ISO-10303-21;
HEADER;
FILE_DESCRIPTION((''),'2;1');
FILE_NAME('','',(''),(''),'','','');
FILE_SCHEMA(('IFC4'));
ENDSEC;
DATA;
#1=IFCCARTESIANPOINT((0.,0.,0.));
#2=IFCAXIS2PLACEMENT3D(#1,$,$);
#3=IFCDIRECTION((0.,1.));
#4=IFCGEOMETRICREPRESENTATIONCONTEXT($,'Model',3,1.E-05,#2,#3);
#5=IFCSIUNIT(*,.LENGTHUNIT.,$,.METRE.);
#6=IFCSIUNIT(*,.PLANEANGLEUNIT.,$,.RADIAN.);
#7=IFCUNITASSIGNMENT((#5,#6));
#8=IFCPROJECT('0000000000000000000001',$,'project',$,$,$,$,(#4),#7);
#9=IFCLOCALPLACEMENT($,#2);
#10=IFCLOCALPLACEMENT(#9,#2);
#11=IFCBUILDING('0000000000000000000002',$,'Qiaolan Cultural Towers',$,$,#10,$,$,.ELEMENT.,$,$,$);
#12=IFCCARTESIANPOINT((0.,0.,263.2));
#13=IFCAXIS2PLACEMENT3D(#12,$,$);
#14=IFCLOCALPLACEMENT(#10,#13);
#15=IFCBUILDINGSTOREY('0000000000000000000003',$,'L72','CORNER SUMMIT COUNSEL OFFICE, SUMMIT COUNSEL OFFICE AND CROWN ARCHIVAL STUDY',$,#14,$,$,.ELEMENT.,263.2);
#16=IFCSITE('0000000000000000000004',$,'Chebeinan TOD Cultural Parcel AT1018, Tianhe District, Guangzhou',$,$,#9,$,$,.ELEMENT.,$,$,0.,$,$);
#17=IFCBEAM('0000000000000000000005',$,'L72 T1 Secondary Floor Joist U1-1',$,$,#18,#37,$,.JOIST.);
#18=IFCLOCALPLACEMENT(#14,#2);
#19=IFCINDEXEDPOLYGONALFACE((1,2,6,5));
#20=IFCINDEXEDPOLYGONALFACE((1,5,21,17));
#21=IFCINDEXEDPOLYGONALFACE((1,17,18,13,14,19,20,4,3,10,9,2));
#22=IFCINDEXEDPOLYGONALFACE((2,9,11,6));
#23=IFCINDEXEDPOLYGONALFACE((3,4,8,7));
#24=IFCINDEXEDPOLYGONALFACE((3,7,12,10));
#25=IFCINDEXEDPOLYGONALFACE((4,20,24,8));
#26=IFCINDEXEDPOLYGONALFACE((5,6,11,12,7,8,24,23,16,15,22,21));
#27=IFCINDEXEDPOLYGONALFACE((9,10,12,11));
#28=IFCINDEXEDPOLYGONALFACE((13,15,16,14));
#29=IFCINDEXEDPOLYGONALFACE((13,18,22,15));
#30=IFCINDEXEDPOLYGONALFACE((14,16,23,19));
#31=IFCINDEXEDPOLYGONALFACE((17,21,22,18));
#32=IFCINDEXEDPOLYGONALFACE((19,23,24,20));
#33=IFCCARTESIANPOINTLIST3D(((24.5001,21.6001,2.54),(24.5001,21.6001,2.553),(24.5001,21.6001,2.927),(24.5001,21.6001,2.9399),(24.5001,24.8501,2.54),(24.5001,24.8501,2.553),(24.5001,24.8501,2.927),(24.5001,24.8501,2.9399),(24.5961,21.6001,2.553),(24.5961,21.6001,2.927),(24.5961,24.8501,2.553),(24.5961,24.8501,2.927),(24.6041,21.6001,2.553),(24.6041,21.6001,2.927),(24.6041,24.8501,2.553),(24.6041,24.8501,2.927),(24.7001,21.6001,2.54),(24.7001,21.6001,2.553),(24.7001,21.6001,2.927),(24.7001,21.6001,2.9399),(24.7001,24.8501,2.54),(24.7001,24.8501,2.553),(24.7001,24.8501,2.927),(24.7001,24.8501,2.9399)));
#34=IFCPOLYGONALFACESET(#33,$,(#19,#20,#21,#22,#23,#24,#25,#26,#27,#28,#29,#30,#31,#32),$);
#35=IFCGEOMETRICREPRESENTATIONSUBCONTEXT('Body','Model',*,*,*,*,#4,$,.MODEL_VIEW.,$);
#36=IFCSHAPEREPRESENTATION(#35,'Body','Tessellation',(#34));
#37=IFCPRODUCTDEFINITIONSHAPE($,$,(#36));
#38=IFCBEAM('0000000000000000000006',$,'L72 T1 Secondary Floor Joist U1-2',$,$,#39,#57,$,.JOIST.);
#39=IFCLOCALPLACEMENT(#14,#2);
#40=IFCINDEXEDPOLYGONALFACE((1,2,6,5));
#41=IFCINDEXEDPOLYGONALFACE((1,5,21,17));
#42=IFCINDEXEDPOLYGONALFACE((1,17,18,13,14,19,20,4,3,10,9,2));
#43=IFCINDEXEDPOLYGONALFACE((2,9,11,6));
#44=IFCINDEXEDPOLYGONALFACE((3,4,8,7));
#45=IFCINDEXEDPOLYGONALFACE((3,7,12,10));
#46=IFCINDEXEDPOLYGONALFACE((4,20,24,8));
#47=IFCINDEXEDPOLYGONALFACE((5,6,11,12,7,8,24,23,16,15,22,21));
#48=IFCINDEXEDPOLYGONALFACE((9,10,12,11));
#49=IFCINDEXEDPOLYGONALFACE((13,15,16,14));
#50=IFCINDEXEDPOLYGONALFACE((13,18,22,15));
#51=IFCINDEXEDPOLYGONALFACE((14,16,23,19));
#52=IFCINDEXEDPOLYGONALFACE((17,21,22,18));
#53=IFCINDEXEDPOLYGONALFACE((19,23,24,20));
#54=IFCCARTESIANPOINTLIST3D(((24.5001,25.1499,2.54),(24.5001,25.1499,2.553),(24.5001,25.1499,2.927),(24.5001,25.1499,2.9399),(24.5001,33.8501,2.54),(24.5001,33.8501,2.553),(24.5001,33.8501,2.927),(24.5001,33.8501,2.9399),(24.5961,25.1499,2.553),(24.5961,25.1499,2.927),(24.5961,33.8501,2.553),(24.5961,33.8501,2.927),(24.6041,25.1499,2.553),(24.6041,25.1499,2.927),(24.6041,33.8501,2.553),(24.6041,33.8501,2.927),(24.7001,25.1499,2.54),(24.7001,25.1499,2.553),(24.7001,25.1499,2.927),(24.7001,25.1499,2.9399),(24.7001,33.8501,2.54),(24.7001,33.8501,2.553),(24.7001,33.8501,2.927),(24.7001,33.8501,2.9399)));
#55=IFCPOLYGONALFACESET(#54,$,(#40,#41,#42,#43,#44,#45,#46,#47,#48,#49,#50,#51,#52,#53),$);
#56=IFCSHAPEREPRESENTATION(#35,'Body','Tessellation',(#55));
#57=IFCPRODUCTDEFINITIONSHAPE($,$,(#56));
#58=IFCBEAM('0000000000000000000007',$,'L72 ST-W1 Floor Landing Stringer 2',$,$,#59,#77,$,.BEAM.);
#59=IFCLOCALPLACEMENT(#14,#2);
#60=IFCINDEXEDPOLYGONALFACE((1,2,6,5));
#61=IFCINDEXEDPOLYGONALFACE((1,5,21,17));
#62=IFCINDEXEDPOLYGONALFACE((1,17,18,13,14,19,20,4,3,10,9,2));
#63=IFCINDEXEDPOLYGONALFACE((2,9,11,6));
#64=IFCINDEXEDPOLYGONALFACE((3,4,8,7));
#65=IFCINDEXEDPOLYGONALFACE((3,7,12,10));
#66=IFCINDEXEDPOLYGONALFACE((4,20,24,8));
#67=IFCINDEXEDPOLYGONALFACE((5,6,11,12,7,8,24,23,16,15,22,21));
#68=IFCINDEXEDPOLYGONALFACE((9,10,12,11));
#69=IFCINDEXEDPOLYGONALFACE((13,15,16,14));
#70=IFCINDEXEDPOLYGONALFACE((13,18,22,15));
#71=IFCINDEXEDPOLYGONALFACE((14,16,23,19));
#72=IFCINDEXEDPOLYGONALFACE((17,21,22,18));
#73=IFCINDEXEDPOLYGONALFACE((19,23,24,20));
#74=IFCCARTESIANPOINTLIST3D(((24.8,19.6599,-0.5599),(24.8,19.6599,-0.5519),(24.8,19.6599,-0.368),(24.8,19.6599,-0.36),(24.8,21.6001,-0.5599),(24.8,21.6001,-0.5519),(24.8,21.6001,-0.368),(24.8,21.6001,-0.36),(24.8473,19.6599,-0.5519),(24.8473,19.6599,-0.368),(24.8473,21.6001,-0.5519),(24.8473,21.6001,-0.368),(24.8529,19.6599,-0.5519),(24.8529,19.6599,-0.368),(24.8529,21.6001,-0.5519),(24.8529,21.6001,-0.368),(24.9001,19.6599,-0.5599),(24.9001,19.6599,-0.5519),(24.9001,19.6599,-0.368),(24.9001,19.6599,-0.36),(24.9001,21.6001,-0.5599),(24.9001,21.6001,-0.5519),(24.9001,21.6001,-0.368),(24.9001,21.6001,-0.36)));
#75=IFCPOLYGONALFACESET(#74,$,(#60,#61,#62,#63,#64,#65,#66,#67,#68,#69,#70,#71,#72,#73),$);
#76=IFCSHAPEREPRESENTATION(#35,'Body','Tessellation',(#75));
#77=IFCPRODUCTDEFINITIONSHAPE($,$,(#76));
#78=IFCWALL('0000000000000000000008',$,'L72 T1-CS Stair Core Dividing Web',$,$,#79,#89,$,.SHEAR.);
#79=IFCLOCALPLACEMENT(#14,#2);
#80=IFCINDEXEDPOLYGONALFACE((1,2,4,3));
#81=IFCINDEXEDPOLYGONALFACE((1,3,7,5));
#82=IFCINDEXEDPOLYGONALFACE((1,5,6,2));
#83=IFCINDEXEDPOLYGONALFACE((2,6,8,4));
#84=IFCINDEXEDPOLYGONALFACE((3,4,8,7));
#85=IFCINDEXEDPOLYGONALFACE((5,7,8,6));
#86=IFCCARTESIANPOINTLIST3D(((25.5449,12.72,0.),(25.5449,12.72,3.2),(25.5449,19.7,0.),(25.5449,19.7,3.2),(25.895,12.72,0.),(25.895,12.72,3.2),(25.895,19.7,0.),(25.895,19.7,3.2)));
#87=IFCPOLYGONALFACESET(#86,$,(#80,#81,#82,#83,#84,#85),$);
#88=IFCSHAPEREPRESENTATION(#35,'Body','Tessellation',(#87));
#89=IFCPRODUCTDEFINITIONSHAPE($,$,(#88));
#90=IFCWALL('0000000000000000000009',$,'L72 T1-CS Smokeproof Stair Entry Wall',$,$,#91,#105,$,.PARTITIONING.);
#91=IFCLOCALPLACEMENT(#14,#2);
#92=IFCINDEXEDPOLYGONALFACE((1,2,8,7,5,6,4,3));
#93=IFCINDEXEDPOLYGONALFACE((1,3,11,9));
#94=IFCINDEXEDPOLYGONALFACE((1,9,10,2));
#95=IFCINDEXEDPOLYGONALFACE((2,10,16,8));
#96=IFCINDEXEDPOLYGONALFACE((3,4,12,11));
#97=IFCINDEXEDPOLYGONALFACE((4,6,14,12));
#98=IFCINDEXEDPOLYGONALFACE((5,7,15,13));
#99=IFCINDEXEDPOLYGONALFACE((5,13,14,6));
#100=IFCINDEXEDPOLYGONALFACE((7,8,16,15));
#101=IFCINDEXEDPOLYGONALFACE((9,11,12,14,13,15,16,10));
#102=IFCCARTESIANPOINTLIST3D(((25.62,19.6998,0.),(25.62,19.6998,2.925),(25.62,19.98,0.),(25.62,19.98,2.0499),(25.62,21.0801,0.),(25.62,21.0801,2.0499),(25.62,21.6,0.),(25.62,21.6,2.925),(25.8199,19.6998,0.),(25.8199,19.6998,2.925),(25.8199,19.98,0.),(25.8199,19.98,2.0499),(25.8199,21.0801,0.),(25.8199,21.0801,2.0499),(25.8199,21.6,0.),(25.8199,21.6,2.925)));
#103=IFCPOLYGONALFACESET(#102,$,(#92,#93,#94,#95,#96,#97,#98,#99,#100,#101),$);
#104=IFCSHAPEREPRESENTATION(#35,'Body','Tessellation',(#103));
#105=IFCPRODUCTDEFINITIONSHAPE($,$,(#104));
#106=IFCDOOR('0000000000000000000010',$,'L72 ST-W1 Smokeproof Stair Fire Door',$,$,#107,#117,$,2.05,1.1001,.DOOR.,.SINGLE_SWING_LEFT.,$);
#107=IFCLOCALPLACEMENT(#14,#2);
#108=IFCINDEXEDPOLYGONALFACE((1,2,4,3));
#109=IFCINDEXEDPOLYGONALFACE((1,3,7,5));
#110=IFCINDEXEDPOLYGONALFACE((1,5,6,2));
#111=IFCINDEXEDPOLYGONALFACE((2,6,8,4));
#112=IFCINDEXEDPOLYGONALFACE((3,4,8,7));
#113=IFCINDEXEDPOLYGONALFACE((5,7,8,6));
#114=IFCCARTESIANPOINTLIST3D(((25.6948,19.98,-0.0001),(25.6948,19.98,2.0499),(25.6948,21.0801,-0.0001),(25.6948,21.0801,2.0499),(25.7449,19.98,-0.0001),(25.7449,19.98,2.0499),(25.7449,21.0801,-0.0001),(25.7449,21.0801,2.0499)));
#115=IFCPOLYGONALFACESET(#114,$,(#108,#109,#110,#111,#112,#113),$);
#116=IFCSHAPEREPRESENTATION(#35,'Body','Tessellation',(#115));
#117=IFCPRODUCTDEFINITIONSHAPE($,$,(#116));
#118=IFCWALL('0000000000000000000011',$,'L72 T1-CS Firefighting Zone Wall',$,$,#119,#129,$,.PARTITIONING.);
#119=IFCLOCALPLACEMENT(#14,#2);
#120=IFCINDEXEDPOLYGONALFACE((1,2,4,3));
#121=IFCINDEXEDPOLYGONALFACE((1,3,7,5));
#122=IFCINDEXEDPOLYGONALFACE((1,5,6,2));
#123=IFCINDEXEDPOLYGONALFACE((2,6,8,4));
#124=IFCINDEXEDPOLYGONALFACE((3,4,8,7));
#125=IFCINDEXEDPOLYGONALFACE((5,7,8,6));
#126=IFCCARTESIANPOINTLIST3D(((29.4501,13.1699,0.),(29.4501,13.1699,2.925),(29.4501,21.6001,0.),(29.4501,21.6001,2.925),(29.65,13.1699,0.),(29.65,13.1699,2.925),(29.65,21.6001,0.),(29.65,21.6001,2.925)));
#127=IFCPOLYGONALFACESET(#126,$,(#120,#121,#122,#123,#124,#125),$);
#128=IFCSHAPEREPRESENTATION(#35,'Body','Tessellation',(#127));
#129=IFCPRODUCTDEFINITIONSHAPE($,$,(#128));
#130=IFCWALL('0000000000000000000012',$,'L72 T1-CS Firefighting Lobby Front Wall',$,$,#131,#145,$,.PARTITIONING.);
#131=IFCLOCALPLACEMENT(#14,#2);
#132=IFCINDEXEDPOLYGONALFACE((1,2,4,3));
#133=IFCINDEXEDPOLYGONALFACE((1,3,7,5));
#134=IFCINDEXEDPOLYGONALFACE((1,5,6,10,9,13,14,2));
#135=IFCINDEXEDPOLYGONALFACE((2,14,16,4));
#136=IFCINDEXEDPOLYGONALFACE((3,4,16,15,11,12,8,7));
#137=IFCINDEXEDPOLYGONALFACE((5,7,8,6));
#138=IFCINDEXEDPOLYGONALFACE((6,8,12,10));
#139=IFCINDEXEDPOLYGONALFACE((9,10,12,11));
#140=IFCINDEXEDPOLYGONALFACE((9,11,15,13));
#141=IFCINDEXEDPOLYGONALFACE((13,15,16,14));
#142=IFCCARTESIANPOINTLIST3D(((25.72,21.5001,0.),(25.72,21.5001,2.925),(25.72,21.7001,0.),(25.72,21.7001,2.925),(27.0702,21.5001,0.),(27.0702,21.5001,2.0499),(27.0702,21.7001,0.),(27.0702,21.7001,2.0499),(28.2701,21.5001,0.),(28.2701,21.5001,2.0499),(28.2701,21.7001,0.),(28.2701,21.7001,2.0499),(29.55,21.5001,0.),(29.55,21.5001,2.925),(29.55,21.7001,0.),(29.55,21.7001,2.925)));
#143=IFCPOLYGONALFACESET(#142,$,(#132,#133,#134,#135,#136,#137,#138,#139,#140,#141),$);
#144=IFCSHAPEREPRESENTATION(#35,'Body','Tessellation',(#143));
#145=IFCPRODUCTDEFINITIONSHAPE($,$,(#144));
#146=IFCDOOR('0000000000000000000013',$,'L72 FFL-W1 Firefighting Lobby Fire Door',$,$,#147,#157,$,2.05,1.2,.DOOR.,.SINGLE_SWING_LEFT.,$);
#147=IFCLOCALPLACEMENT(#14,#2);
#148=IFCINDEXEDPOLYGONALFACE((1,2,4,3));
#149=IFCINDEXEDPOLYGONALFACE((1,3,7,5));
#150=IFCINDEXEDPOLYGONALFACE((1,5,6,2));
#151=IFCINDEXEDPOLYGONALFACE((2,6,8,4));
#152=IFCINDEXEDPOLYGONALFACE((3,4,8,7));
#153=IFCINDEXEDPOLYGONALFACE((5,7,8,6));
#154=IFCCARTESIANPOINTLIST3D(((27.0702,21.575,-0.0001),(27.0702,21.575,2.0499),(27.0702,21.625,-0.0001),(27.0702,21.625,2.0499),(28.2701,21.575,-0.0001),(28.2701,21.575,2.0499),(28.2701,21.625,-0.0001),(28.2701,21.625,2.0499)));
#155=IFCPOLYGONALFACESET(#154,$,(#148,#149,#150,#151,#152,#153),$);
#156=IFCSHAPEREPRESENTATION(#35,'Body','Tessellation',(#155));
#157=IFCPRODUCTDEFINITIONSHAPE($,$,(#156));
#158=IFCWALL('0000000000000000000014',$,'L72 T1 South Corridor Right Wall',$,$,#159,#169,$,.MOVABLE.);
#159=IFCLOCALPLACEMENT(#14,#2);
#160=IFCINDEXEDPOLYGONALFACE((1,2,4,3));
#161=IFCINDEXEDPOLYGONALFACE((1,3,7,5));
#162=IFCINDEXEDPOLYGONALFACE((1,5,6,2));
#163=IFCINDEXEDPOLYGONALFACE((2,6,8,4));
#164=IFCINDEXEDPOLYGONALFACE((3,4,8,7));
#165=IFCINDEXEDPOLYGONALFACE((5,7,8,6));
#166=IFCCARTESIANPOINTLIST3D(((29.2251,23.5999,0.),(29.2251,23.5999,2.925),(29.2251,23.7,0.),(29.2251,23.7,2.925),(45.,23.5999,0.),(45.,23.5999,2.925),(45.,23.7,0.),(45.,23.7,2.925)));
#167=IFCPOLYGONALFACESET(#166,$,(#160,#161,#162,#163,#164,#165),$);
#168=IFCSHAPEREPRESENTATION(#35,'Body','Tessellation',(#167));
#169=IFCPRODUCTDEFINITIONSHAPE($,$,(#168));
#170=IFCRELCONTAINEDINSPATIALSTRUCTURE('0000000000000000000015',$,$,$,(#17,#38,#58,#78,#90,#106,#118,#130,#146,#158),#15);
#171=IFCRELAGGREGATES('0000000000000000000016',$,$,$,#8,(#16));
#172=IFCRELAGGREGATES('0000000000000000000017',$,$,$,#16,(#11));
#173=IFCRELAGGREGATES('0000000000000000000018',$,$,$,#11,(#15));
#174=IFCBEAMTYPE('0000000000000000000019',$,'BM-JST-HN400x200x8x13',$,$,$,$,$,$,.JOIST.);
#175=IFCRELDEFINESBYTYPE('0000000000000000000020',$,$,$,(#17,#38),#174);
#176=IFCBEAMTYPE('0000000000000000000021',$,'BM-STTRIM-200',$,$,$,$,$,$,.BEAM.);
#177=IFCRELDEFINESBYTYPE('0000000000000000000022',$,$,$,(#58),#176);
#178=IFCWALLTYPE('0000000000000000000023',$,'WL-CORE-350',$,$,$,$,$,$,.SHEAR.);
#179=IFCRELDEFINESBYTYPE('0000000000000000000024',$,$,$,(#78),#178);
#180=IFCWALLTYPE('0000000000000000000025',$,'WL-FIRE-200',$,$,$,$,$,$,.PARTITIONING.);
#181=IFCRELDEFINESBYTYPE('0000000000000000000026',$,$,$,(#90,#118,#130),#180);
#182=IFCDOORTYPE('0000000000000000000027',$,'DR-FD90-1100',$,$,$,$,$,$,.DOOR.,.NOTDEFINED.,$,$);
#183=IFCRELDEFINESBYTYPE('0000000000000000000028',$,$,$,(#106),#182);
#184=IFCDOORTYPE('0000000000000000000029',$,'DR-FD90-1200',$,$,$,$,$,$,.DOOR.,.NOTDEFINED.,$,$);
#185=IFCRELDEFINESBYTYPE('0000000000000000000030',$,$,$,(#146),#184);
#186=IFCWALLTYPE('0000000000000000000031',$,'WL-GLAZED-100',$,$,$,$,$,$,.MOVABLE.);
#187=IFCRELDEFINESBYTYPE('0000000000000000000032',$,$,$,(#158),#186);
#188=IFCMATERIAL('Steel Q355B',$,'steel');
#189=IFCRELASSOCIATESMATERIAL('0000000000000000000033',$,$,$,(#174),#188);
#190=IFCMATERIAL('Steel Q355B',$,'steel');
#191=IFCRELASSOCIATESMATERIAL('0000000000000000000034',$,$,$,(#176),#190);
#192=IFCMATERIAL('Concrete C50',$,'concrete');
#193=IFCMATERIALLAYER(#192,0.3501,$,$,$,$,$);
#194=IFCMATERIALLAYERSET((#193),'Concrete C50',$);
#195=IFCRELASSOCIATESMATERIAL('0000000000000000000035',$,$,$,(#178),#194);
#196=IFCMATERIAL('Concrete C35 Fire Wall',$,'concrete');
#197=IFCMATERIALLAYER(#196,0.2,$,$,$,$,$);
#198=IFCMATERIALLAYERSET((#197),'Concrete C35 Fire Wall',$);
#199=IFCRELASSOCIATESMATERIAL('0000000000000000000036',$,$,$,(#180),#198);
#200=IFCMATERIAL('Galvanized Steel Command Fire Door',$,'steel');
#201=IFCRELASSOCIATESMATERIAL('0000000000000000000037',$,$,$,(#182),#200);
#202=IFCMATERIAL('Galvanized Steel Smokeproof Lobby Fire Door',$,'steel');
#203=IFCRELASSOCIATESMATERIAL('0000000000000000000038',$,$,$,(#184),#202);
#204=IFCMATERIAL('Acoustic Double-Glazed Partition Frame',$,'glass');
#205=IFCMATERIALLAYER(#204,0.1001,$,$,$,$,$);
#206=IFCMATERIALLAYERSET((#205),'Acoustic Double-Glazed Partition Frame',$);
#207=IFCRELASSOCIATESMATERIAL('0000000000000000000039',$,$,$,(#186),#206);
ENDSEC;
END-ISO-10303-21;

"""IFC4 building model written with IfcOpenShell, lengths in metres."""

from ifc_helpers import new_model, si_unit, direction, frame, frame_2d, origin, origin_2d, place, context, subcontext, project, spatial, rectangle, i_section, extrude, material, layer, layer_set, material_profile, profile_set, type_object, element, fill, save


model = new_model("IFC4")

# Units and contexts
model_context = context("Model", 3, precision=1e-05, world=origin(), true_north=direction((0.0, 1.0)))
body_context = subcontext(model_context, "Body", "Model", "MODEL_VIEW")
ifc_project = project(units=[si_unit("LENGTHUNIT", "METRE"), si_unit("PLANEANGLEUNIT", "RADIAN")], contexts=[model_context])

# Site, building, storey
site_placement = place(None, origin())
site = spatial("IfcSite", under=ifc_project, at=site_placement, Name="Chebeinan TOD Cultural Parcel AT1018, Tianhe District, Guangzhou", CompositionType="ELEMENT", RefElevation=0.0)
building_placement = place(site_placement, origin())
building = spatial("IfcBuilding", under=site, at=building_placement, Name="Qiaolan Cultural Towers", CompositionType="ELEMENT")
storey_placement = place(building_placement, frame((0.0, 0.0, 263.2)))
storey = spatial("IfcBuildingStorey", under=building, at=storey_placement, Name="L72", Description="CORNER SUMMIT COUNSEL OFFICE, SUMMIT COUNSEL OFFICE AND CROWN ARCHIVAL STUDY", CompositionType="ELEMENT", Elevation=263.2)

# Beams
ifc_material_1 = material(Name="Steel Q355B", Category="steel")
ifc_material_profile_1 = material_profile(ifc_material_1, i_section(OverallWidth=0.2, OverallDepth=0.3999, WebThickness=0.0081, FlangeThickness=0.0129, at=origin_2d()), Name="HN400x200x8x13")
ifc_profile_set_1 = profile_set([ifc_material_profile_1], Name="Steel Q355B")
beam_type_1 = type_object("IfcBeamType", Name="BM-JST-HN400x200x8x13", PredefinedType="JOIST", material=ifc_profile_set_1)
beam_1_placement = place(storey_placement, frame((24.6001, 21.6001, 2.74), z_axis=(0.0, 1.0, 0.0), x_axis=(-1.0, 0.0, 0.0)))
element("IfcBeam", 1, at=beam_1_placement, inside=storey, type_object=beam_type_1, Name="L72 T1 Secondary Floor Joist U1-1", PredefinedType="JOIST", context=body_context, shape_type="SweptSolid", body=[
    extrude(i_section(OverallWidth=0.2, OverallDepth=0.3999, WebThickness=0.0081, FlangeThickness=0.0129, at=origin_2d()), origin(), (0.0, 0.0, 1.0), 3.25),
])
beam_2_placement = place(storey_placement, frame((24.6001, 25.1499, 2.74), z_axis=(0.0, 1.0, 0.0), x_axis=(-1.0, 0.0, 0.0)))
element("IfcBeam", 2, at=beam_2_placement, inside=storey, type_object=beam_type_1, Name="L72 T1 Secondary Floor Joist U1-2", PredefinedType="JOIST", context=body_context, shape_type="SweptSolid", body=[
    extrude(i_section(OverallWidth=0.2, OverallDepth=0.3999, WebThickness=0.0081, FlangeThickness=0.0129, at=origin_2d()), origin(), (0.0, 0.0, 1.0), 8.7002),
])
ifc_material_2 = material(Name="Steel Q355B", Category="steel")
ifc_material_profile_2 = material_profile(ifc_material_2, i_section(OverallWidth=0.1001, OverallDepth=0.2, WebThickness=0.0056, FlangeThickness=0.0081, at=origin_2d()), Name="HN200x100x5.5x8")
ifc_profile_set_2 = profile_set([ifc_material_profile_2], Name="Steel Q355B")
beam_type_2 = type_object("IfcBeamType", Name="BM-STTRIM-200", PredefinedType="BEAM", material=ifc_profile_set_2)
beam_3_placement = place(storey_placement, frame((24.8501, 21.6001, -0.46), z_axis=(0.0, -1.0, 0.0), x_axis=(1.0, 0.0, 0.0)))
element("IfcBeam", 3, at=beam_3_placement, inside=storey, type_object=beam_type_2, Name="L72 ST-W1 Floor Landing Stringer 2", PredefinedType="BEAM", context=body_context, shape_type="SweptSolid", body=[
    extrude(i_section(OverallWidth=0.1001, OverallDepth=0.2, WebThickness=0.0056, FlangeThickness=0.0081, at=origin_2d()), origin(), (0.0, 0.0, 1.0), 1.9402),
])

# Wall
ifc_material_3 = material(Name="Concrete C50", Category="concrete")
ifc_layer_1 = layer(ifc_material_3, 0.3501)
ifc_layer_set_1 = layer_set([ifc_layer_1], Name="Concrete C50")
wall_type_1 = type_object("IfcWallType", Name="WL-CORE-350", PredefinedType="SHEAR", material=ifc_layer_set_1)
wall_1_placement = place(storey_placement, frame((25.72, 19.7, 0.0), z_axis=(0.0, 0.0, 1.0), x_axis=(0.0, -1.0, 0.0)))
element("IfcWall", 4, at=wall_1_placement, inside=storey, type_object=wall_type_1, Name="L72 T1-CS Stair Core Dividing Web", PredefinedType="SHEAR", context=body_context, shape_type="SweptSolid", body=[
    extrude(rectangle(XDim=6.98, YDim=0.3501, at=frame_2d((3.49, 0.0))), origin(), (0.0, 0.0, 1.0), 3.2),
])

# Wall, opening, door
ifc_material_4 = material(Name="Concrete C35 Fire Wall", Category="concrete")
ifc_layer_2 = layer(ifc_material_4, 0.2)
ifc_layer_set_2 = layer_set([ifc_layer_2], Name="Concrete C35 Fire Wall")
wall_type_2 = type_object("IfcWallType", Name="WL-FIRE-200", PredefinedType="PARTITIONING", material=ifc_layer_set_2)
wall_2_placement = place(storey_placement, frame((25.72, 21.6001, 0.0), z_axis=(0.0, 0.0, 1.0), x_axis=(0.0, -1.0, 0.0)))
wall_2 = element("IfcWall", 5, at=wall_2_placement, inside=storey, type_object=wall_type_2, Name="L72 T1-CS Smokeproof Stair Entry Wall", PredefinedType="PARTITIONING", context=body_context, shape_type="SweptSolid", body=[
    extrude(rectangle(XDim=1.9001, YDim=0.2, at=frame_2d((0.9502, 0.0))), origin(), (0.0, 0.0, 1.0), 2.925),
])
opening_1_placement = place(wall_2_placement, frame((0.52, 0.0, 0.0)))
opening_1 = element("IfcOpeningElement", 6, at=opening_1_placement, cuts=wall_2, PredefinedType="OPENING", context=body_context, shape_type="SweptSolid", body=[
    extrude(rectangle(XDim=1.1001, YDim=2.05, at=frame_2d((0.55, 1.0249))), frame((0.0, 0.1099, 0.0), z_axis=(0.0, -1.0, 0.0), x_axis=(1.0, 0.0, 0.0)), (0.0, 0.0, 1.0), 0.22),
])
ifc_material_5 = material(Name="Galvanized Steel Command Fire Door", Category="steel")
door_type_1 = type_object("IfcDoorType", Name="DR-FD90-1100", OperationType="NOTDEFINED", PredefinedType="DOOR", material=ifc_material_5)
door_1_placement = place(opening_1_placement, origin())
door_1 = element("IfcDoor", 7, at=door_1_placement, inside=storey, type_object=door_type_1, Name="L72 ST-W1 Smokeproof Stair Fire Door", OperationType="SINGLE_SWING_LEFT", OverallHeight=2.05, OverallWidth=1.1001, PredefinedType="DOOR", context=body_context, shape_type="SweptSolid", body=[
    extrude(rectangle(XDim=1.1001, YDim=2.05, at=frame_2d((0.55, 1.0249))), frame((0.0, 0.0249, 0.0), z_axis=(0.0, -1.0, 0.0), x_axis=(1.0, 0.0, 0.0)), (0.0, 0.0, 1.0), 0.05),
])
fill(opening_1, door_1)

# Wall
wall_3_placement = place(storey_placement, frame((29.55, 21.6001, 0.0), z_axis=(0.0, 0.0, 1.0), x_axis=(0.0, -1.0, 0.0)))
element("IfcWall", 8, at=wall_3_placement, inside=storey, type_object=wall_type_2, Name="L72 T1-CS Firefighting Zone Wall", PredefinedType="PARTITIONING", context=body_context, shape_type="SweptSolid", body=[
    extrude(rectangle(XDim=8.4302, YDim=0.2, at=frame_2d((4.2151, 0.0))), origin(), (0.0, 0.0, 1.0), 2.925),
])

# Wall, opening, door
wall_4_placement = place(storey_placement, frame((25.72, 21.6001, 0.0), z_axis=(0.0, 0.0, 1.0), x_axis=(1.0, 0.0, 0.0)))
wall_4 = element("IfcWall", 9, at=wall_4_placement, inside=storey, type_object=wall_type_2, Name="L72 T1-CS Firefighting Lobby Front Wall", PredefinedType="PARTITIONING", context=body_context, shape_type="SweptSolid", body=[
    extrude(rectangle(XDim=3.8301, YDim=0.2, at=frame_2d((1.915, 0.0))), origin(), (0.0, 0.0, 1.0), 2.925),
])
opening_2_placement = place(wall_4_placement, frame((1.3501, 0.0, 0.0)))
opening_2 = element("IfcOpeningElement", 10, at=opening_2_placement, cuts=wall_4, PredefinedType="OPENING", context=body_context, shape_type="SweptSolid", body=[
    extrude(rectangle(XDim=1.2, YDim=2.05, at=frame_2d((0.6001, 1.0249))), frame((0.0, 0.1099, 0.0), z_axis=(0.0, -1.0, 0.0), x_axis=(1.0, 0.0, 0.0)), (0.0, 0.0, 1.0), 0.22),
])
ifc_material_6 = material(Name="Galvanized Steel Smokeproof Lobby Fire Door", Category="steel")
door_type_2 = type_object("IfcDoorType", Name="DR-FD90-1200", OperationType="NOTDEFINED", PredefinedType="DOOR", material=ifc_material_6)
door_2_placement = place(opening_2_placement, origin())
door_2 = element("IfcDoor", 11, at=door_2_placement, inside=storey, type_object=door_type_2, Name="L72 FFL-W1 Firefighting Lobby Fire Door", OperationType="SINGLE_SWING_LEFT", OverallHeight=2.05, OverallWidth=1.2, PredefinedType="DOOR", context=body_context, shape_type="SweptSolid", body=[
    extrude(rectangle(XDim=1.2, YDim=2.05, at=frame_2d((0.6001, 1.0249))), frame((0.0, 0.0249, 0.0), z_axis=(0.0, -1.0, 0.0), x_axis=(1.0, 0.0, 0.0)), (0.0, 0.0, 1.0), 0.05),
])
fill(opening_2, door_2)

# Wall
ifc_material_7 = material(Name="Acoustic Double-Glazed Partition Frame", Category="glass")
ifc_layer_3 = layer(ifc_material_7, 0.1001)
ifc_layer_set_3 = layer_set([ifc_layer_3], Name="Acoustic Double-Glazed Partition Frame")
wall_type_3 = type_object("IfcWallType", Name="WL-GLAZED-100", PredefinedType="MOVABLE", material=ifc_layer_set_3)
wall_5_placement = place(storey_placement, frame((29.2251, 23.6499, 0.0), z_axis=(0.0, 0.0, 1.0), x_axis=(1.0, 0.0, 0.0)))
element("IfcWall", 12, at=wall_5_placement, inside=storey, type_object=wall_type_3, Name="L72 T1 South Corridor Right Wall", PredefinedType="MOVABLE", context=body_context, shape_type="SweptSolid", body=[
    extrude(rectangle(XDim=15.7749, YDim=0.1001, at=frame_2d((7.8875, 0.0))), origin(), (0.0, 0.0, 1.0), 2.925),
])

save(model, "model.ifc")
